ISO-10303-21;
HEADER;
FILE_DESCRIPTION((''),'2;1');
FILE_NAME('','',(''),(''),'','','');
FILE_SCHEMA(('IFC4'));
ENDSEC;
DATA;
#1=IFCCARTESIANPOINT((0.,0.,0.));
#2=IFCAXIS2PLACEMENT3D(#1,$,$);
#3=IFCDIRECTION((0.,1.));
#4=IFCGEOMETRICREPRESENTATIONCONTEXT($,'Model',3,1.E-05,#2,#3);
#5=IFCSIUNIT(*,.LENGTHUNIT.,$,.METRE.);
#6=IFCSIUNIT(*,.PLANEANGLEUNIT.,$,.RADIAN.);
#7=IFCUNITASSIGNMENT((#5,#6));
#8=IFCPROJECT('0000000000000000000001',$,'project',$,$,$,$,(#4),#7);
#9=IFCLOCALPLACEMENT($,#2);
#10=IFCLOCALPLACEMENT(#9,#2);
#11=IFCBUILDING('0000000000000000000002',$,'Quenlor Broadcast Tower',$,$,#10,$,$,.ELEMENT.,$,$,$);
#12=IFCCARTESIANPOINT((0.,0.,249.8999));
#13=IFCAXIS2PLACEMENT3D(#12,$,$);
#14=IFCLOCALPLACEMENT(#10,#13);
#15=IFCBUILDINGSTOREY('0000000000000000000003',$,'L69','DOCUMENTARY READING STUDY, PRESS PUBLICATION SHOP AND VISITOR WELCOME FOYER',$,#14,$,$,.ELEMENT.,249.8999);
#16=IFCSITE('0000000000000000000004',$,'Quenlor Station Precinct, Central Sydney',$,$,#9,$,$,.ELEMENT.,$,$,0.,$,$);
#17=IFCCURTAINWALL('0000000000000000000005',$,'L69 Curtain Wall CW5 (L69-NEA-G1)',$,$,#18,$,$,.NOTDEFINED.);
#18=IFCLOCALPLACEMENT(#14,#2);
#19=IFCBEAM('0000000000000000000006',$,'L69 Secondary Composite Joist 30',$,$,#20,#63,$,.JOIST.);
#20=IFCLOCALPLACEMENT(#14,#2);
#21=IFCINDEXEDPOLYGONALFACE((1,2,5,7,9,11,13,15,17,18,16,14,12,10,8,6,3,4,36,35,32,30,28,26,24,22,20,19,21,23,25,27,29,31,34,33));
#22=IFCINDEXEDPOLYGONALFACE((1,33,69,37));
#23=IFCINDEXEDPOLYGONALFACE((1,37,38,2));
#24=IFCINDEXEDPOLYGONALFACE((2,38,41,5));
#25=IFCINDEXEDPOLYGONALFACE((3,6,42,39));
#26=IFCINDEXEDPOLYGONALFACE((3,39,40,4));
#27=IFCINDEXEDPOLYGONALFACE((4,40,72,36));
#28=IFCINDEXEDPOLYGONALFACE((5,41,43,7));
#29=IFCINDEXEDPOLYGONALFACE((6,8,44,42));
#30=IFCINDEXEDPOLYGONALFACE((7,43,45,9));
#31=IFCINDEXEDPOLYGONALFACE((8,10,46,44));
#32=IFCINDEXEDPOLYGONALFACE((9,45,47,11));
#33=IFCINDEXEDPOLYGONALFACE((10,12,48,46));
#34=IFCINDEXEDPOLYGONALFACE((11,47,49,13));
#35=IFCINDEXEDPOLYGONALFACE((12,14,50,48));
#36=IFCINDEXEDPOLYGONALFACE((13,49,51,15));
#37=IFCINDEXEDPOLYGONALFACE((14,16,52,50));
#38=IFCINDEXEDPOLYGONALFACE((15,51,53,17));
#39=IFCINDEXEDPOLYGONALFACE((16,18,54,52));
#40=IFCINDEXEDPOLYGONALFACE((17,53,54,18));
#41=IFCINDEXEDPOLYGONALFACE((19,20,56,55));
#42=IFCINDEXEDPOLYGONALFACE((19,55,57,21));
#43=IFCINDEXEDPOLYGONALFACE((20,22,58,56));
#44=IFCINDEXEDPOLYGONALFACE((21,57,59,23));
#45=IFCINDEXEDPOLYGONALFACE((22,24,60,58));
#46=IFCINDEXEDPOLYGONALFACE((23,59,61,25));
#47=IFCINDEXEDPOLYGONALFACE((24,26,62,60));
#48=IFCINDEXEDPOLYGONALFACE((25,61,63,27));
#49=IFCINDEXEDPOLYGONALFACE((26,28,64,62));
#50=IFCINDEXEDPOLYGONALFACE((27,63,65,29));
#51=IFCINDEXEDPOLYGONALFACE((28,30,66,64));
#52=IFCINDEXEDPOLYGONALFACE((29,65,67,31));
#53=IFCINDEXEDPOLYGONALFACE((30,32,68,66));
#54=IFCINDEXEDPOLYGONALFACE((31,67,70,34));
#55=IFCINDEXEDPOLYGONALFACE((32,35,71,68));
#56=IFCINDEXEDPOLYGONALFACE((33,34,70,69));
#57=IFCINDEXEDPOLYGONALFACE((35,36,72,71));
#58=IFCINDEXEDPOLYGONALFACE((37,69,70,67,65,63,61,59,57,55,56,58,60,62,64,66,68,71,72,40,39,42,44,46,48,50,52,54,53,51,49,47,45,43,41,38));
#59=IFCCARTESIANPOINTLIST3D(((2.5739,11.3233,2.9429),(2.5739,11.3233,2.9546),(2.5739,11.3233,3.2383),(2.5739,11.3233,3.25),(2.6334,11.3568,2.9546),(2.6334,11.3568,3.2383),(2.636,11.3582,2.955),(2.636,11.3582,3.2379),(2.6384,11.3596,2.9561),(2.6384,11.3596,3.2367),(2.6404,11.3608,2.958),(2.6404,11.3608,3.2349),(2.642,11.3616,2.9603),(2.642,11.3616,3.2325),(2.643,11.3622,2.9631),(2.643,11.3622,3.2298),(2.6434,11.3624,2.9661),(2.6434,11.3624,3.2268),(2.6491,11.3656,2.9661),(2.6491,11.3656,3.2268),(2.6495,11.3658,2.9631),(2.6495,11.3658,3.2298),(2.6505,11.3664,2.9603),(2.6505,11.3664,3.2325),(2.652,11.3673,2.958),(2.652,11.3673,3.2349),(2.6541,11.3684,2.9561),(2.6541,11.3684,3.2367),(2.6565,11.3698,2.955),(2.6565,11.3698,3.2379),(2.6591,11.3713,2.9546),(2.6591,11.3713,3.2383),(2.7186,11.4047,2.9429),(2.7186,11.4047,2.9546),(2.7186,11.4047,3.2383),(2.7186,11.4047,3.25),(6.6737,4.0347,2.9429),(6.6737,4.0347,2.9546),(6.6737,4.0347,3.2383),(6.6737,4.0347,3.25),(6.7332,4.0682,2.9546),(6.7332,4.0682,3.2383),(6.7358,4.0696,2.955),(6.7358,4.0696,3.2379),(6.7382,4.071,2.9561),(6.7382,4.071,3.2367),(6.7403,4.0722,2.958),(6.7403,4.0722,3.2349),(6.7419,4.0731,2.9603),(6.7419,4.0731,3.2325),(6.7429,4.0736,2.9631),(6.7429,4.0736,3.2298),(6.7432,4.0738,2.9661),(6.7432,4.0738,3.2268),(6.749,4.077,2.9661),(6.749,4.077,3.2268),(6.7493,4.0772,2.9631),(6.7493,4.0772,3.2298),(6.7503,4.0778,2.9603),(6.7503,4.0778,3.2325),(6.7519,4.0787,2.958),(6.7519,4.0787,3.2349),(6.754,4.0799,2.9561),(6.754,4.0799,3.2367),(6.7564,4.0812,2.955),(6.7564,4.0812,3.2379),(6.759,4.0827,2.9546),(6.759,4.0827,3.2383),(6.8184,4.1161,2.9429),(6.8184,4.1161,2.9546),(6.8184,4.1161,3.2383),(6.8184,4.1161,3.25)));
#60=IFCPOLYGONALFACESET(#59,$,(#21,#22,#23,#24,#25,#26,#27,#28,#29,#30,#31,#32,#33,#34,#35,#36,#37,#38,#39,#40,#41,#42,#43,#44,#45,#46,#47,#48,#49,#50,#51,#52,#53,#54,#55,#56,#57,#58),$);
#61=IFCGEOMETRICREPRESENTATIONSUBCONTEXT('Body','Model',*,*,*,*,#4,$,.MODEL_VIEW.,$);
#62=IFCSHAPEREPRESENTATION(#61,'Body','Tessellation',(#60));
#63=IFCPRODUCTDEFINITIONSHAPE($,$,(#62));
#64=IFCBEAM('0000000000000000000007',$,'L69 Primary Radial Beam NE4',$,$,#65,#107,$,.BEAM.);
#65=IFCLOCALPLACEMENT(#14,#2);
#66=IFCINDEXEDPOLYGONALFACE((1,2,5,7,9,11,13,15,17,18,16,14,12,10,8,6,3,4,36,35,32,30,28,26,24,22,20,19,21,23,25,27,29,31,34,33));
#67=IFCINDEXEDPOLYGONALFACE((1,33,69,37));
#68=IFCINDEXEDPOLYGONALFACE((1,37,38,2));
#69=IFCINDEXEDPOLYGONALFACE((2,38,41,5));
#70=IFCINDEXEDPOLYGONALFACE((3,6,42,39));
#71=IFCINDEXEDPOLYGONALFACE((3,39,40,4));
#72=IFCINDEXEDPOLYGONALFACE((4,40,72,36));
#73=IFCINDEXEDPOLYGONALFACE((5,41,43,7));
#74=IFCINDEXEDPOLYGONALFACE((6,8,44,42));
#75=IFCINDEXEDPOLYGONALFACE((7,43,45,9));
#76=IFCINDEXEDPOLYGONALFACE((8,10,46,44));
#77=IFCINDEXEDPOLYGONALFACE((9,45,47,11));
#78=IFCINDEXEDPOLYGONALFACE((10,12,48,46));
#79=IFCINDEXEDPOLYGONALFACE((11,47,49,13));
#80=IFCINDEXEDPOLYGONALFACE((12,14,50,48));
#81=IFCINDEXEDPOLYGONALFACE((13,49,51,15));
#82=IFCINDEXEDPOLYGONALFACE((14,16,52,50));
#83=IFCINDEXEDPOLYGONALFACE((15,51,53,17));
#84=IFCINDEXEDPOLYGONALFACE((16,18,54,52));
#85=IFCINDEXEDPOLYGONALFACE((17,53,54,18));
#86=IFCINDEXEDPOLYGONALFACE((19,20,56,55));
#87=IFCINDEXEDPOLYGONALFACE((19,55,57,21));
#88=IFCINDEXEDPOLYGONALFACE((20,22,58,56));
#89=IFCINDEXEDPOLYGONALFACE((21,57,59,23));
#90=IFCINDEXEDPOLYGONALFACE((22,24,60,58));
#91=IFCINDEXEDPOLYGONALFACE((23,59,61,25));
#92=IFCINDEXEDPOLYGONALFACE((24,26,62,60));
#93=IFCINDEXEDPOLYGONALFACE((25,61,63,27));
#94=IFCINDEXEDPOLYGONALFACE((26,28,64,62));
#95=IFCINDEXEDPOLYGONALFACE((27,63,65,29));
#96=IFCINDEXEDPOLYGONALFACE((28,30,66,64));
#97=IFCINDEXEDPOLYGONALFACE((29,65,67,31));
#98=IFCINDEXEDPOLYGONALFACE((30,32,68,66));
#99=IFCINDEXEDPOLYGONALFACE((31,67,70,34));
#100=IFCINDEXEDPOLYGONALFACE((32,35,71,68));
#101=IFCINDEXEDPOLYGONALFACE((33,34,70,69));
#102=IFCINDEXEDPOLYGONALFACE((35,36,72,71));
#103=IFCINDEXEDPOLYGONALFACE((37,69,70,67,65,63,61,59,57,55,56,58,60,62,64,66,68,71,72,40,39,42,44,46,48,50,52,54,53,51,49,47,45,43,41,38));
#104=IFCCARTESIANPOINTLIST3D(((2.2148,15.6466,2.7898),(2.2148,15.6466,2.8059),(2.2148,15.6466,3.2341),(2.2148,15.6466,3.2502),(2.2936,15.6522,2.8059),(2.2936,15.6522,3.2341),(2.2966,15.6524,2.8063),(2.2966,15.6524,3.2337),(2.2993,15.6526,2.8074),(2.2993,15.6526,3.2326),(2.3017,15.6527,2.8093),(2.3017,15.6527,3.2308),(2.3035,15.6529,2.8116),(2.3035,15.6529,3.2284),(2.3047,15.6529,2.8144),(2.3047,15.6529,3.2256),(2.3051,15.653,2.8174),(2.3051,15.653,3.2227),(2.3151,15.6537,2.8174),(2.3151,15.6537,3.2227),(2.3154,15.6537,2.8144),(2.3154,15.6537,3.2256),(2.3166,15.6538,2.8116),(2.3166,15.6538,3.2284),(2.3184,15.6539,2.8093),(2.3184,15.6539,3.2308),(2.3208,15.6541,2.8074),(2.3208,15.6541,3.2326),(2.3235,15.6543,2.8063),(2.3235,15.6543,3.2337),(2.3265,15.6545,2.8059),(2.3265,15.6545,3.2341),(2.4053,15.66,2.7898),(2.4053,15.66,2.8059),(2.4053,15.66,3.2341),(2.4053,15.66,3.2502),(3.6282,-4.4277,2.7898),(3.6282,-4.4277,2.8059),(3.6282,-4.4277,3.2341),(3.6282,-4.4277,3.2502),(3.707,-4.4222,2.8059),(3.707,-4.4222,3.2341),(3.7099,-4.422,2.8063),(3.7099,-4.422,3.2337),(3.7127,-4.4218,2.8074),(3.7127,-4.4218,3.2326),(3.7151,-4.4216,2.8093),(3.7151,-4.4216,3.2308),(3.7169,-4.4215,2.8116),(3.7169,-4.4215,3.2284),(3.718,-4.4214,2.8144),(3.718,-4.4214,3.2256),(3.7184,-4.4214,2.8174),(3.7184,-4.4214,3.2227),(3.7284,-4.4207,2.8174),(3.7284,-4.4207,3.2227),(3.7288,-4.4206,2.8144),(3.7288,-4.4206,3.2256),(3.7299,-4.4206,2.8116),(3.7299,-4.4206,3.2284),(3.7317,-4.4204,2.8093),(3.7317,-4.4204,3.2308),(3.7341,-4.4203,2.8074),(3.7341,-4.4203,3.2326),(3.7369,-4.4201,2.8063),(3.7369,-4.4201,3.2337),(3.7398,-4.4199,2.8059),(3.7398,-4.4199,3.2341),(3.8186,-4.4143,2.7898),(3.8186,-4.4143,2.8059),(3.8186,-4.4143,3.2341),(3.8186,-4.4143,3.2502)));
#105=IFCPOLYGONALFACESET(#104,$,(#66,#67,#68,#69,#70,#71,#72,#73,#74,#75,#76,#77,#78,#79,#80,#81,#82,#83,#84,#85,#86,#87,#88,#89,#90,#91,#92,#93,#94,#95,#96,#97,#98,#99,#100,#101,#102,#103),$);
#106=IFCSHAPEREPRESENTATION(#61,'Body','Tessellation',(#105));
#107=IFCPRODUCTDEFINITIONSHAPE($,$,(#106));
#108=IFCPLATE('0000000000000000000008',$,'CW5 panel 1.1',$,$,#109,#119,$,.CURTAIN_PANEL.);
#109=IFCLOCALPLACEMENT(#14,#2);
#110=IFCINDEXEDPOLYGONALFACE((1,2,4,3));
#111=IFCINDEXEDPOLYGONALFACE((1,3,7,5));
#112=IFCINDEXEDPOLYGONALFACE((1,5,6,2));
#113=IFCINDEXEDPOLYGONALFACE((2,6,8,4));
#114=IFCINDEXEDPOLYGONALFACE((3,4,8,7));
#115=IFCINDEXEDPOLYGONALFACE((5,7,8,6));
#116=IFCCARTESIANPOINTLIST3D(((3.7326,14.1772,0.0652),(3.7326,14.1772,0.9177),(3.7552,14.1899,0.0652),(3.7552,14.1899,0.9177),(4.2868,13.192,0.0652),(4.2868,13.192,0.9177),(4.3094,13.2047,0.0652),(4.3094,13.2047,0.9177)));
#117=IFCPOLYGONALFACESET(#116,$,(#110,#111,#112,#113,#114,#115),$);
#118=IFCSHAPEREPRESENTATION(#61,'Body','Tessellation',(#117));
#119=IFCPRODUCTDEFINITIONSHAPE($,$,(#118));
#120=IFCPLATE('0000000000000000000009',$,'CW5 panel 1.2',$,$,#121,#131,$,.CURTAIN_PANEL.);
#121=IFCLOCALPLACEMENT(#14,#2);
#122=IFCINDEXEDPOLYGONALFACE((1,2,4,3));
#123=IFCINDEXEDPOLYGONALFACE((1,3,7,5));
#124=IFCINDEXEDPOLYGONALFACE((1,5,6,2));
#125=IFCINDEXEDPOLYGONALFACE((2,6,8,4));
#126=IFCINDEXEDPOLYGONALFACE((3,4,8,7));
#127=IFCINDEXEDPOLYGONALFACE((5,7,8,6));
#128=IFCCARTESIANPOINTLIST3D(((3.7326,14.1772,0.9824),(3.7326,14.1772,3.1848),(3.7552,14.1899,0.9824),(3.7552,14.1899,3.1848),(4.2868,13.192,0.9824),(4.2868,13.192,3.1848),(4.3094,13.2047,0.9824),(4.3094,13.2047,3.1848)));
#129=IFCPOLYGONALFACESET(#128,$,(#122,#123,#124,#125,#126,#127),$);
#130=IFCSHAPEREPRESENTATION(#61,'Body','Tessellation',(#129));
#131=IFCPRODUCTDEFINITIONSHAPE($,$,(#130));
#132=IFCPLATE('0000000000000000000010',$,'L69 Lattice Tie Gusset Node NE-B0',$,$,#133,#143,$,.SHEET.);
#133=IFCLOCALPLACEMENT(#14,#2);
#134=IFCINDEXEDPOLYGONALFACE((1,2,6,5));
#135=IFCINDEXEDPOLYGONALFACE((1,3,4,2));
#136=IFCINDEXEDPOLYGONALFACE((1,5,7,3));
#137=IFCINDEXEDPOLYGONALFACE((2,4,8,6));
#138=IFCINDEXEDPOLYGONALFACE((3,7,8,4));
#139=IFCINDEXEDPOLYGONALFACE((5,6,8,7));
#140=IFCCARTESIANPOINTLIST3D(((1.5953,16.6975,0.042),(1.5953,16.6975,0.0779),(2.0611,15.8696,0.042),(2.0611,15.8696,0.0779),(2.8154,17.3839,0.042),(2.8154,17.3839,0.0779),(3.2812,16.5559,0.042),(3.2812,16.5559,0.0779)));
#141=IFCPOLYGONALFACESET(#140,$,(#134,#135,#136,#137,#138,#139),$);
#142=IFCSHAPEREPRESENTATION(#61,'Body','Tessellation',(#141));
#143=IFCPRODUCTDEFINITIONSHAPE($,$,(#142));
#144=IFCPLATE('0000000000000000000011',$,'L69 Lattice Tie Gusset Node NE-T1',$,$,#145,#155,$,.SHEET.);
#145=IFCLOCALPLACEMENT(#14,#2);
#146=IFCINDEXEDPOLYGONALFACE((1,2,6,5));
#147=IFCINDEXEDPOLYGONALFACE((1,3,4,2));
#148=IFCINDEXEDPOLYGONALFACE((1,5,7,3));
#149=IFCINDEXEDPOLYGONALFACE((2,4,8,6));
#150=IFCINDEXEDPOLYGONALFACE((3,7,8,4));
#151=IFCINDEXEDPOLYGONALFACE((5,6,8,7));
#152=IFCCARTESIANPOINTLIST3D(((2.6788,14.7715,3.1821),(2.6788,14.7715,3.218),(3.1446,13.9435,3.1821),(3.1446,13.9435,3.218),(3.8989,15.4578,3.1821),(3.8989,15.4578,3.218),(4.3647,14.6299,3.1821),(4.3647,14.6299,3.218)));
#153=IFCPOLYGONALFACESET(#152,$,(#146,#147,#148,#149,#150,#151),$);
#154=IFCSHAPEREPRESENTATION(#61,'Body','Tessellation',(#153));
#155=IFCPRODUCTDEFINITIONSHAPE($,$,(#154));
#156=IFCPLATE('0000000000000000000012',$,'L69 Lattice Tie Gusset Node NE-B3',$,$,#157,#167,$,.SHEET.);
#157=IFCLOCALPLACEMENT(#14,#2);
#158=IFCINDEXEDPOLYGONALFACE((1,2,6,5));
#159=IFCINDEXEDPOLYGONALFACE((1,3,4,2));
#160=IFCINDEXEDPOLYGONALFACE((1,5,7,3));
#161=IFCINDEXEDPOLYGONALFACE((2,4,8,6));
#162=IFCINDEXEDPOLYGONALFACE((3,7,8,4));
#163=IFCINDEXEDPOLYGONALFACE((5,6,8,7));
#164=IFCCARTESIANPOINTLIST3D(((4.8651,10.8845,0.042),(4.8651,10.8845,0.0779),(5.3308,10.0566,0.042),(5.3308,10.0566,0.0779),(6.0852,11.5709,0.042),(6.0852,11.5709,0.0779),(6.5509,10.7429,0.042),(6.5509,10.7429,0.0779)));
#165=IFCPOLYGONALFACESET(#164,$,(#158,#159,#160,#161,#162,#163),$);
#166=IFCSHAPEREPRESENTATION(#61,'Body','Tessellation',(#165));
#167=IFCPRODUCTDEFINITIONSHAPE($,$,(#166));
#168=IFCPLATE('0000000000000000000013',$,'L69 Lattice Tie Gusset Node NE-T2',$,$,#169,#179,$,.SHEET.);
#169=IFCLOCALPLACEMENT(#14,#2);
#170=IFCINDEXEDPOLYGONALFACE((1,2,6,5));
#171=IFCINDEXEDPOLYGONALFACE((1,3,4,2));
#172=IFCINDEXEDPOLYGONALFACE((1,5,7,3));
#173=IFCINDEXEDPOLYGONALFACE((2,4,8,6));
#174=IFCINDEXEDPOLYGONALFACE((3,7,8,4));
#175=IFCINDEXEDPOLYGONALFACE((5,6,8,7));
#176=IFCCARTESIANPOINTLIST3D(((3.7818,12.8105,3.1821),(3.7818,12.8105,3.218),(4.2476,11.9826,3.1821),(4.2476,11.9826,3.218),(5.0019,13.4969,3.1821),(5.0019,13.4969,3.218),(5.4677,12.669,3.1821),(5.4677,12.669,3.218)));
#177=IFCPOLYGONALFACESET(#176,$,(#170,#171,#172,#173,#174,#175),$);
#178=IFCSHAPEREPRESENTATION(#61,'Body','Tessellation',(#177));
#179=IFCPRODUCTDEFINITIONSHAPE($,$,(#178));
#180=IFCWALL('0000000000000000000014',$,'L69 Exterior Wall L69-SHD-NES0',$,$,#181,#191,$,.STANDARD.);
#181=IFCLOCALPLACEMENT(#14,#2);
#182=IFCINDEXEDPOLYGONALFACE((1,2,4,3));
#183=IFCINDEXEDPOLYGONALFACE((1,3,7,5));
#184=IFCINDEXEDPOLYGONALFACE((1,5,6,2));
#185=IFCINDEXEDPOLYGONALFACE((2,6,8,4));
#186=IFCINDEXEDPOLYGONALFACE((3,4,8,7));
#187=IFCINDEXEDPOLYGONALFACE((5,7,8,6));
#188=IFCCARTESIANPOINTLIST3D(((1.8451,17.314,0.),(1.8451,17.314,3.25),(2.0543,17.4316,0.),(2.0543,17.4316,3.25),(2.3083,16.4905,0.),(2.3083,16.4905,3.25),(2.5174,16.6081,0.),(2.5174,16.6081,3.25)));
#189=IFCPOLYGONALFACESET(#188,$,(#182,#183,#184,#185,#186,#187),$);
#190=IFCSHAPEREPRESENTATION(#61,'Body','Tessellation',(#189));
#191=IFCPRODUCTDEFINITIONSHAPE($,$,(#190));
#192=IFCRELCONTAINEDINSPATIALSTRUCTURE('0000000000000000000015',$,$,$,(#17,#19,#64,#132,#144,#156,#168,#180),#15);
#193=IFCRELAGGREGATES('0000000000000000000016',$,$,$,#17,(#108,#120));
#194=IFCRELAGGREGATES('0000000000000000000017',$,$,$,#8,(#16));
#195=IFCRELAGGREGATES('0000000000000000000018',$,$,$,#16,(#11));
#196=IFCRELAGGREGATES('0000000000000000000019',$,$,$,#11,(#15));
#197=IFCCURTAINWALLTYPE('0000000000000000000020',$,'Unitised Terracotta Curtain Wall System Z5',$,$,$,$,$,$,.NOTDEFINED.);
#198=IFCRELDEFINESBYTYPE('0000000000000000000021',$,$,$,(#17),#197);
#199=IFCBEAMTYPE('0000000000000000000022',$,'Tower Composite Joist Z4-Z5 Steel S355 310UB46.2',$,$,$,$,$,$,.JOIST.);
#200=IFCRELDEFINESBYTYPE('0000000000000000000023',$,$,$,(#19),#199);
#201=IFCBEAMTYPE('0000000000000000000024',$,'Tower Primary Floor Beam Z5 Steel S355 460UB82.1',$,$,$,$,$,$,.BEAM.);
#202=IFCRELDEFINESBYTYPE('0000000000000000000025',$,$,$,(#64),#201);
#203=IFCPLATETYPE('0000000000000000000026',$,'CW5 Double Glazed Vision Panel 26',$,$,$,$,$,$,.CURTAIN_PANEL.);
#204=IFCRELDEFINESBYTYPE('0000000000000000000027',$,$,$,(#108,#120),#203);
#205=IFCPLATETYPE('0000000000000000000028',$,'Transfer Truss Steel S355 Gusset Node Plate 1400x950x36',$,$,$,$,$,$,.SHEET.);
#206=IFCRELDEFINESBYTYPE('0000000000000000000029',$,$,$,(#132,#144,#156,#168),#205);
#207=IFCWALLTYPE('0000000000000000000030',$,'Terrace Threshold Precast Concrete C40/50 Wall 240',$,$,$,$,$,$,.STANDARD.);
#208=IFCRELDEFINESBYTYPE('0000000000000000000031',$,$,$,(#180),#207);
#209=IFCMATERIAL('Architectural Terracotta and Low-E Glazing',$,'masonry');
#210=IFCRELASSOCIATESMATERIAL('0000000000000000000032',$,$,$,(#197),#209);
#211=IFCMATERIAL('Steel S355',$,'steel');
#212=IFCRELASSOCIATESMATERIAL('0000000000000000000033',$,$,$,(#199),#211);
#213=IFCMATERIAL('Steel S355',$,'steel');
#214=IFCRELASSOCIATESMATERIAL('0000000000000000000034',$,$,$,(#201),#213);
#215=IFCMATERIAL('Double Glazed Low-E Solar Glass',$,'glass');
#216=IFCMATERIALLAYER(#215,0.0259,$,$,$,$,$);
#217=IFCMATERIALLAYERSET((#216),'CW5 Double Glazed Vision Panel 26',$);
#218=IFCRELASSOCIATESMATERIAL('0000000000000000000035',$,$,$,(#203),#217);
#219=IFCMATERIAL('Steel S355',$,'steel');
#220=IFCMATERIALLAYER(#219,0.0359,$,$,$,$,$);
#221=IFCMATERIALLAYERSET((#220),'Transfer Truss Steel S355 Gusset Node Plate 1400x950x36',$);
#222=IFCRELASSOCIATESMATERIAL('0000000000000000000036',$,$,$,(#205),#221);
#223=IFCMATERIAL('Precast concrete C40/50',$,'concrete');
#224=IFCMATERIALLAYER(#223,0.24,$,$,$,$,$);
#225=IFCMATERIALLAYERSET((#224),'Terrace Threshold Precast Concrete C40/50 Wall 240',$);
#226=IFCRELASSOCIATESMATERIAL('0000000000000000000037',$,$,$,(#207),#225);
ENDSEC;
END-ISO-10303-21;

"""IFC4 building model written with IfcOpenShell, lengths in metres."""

from ifc_helpers import new_model, si_unit, direction, frame, frame_2d, origin, origin_2d, place, context, subcontext, project, spatial, rectangle, i_section, extrude, material, layer, layer_set, material_profile, profile_set, type_object, element, aggregate, save


model = new_model("IFC4")

# Units and contexts
model_context = context("Model", 3, precision=1e-05, world=origin(), true_north=direction((0.0, 1.0)))
body_context = subcontext(model_context, "Body", "Model", "MODEL_VIEW")
ifc_project = project(units=[si_unit("LENGTHUNIT", "METRE"), si_unit("PLANEANGLEUNIT", "RADIAN")], contexts=[model_context])

# Site, building, storey
site_placement = place(None, origin())
site = spatial("IfcSite", under=ifc_project, at=site_placement, Name="Quenlor Station Precinct, Central Sydney", CompositionType="ELEMENT", RefElevation=0.0)
building_placement = place(site_placement, origin())
building = spatial("IfcBuilding", under=site, at=building_placement, Name="Quenlor Broadcast Tower", CompositionType="ELEMENT")
storey_placement = place(building_placement, frame((0.0, 0.0, 249.8999)))
storey = spatial("IfcBuildingStorey", under=building, at=storey_placement, Name="L69", Description="DOCUMENTARY READING STUDY, PRESS PUBLICATION SHOP AND VISITOR WELCOME FOYER", CompositionType="ELEMENT", Elevation=249.8999)

# Curtain wall
ifc_material_1 = material(Name="Architectural Terracotta and Low-E Glazing", Category="masonry")
curtain_wall_type = type_object("IfcCurtainWallType", Name="Unitised Terracotta Curtain Wall System Z5", PredefinedType="NOTDEFINED", material=ifc_material_1)
curtain_wall_placement = place(storey_placement, origin())
curtain_wall = element("IfcCurtainWall", 1, at=curtain_wall_placement, inside=storey, type_object=curtain_wall_type, Name="L69 Curtain Wall CW5 (L69-NEA-G1)", PredefinedType="NOTDEFINED")

# Beams
ifc_material_2 = material(Name="Steel S355", Category="steel")
ifc_material_profile_1 = material_profile(ifc_material_2, i_section(OverallWidth=0.166, OverallDepth=0.3071, WebThickness=0.0066, FlangeThickness=0.0117, FilletRadius=0.0115, at=origin_2d()))
ifc_profile_set_1 = profile_set([ifc_material_profile_1], Name="Steel S355 310UB46.2")
beam_type_1 = type_object("IfcBeamType", Name="Tower Composite Joist Z4-Z5 Steel S355 310UB46.2", PredefinedType="JOIST", material=ifc_profile_set_1)
beam_1_placement = place(storey_placement, frame((2.6462, 11.364, 3.0964), z_axis=(0.490264, -0.871574, 0.0), x_axis=(0.871574, 0.490264, 0.0)))
element("IfcBeam", 2, at=beam_1_placement, inside=storey, type_object=beam_type_1, Name="L69 Secondary Composite Joist 30", PredefinedType="JOIST", context=body_context, shape_type="SweptSolid", body=[
    extrude(i_section(OverallWidth=0.166, OverallDepth=0.3071, WebThickness=0.0066, FlangeThickness=0.0117, FilletRadius=0.0115, at=origin_2d()), origin(), (0.0, 0.0, 1.0), 8.3625),
])
ifc_material_3 = material(Name="Steel S355", Category="steel")
ifc_material_profile_2 = material_profile(ifc_material_3, i_section(OverallWidth=0.1909, OverallDepth=0.4604, WebThickness=0.01, FlangeThickness=0.0161, FilletRadius=0.0115, at=origin_2d()))
ifc_profile_set_2 = profile_set([ifc_material_profile_2], Name="Steel S355 460UB82.1")
beam_type_2 = type_object("IfcBeamType", Name="Tower Primary Floor Beam Z5 Steel S355 460UB82.1", PredefinedType="BEAM", material=ifc_profile_set_2)
beam_2_placement = place(storey_placement, frame((2.3101, 15.6533, 3.02), z_axis=(0.070231, -0.997531, 0.0), x_axis=(0.997531, 0.070231, 0.0)))
element("IfcBeam", 3, at=beam_2_placement, inside=storey, type_object=beam_type_2, Name="L69 Primary Radial Beam NE4", PredefinedType="BEAM", context=body_context, shape_type="SweptSolid", body=[
    extrude(i_section(OverallWidth=0.1909, OverallDepth=0.4604, WebThickness=0.01, FlangeThickness=0.0161, FilletRadius=0.0115, at=origin_2d()), origin(), (0.0, 0.0, 1.0), 20.124),
])

# Plates
ifc_material_4 = material(Name="Double Glazed Low-E Solar Glass", Category="glass")
ifc_layer_1 = layer(ifc_material_4, 0.0259)
ifc_layer_set_1 = layer_set([ifc_layer_1], Name="CW5 Double Glazed Vision Panel 26")
plate_type_1 = type_object("IfcPlateType", Name="CW5 Double Glazed Vision Panel 26", PredefinedType="CURTAIN_PANEL", material=ifc_layer_set_1)
plate_1_placement = place(storey_placement, frame((4.021, 13.6909, 0.0652), z_axis=(0.0, 0.0, 1.0), x_axis=(0.490291, -0.871559, 0.0)))
plate_1 = element("IfcPlate", 4, at=plate_1_placement, type_object=plate_type_1, Name="CW5 panel 1.1", PredefinedType="CURTAIN_PANEL", context=body_context, shape_type="SweptSolid", body=[
    extrude(rectangle(XDim=1.1304, YDim=0.0259, at=origin_2d()), origin(), (0.0, 0.0, 1.0), 0.8525),
])
plate_2_placement = place(storey_placement, frame((4.021, 13.6909, 0.9824), z_axis=(0.0, 0.0, 1.0), x_axis=(0.490291, -0.871559, 0.0)))
plate_2 = element("IfcPlate", 5, at=plate_2_placement, type_object=plate_type_1, Name="CW5 panel 1.2", PredefinedType="CURTAIN_PANEL", context=body_context, shape_type="SweptSolid", body=[
    extrude(rectangle(XDim=1.1304, YDim=0.0259, at=origin_2d()), origin(), (0.0, 0.0, 1.0), 2.2024),
])
aggregate(curtain_wall, [plate_1, plate_2])

# Plates
ifc_material_5 = material(Name="Steel S355", Category="steel")
ifc_layer_2 = layer(ifc_material_5, 0.0359)
ifc_layer_set_2 = layer_set([ifc_layer_2], Name="Transfer Truss Steel S355 Gusset Node Plate 1400x950x36")
plate_type_2 = type_object("IfcPlateType", Name="Transfer Truss Steel S355 Gusset Node Plate 1400x950x36", PredefinedType="SHEET", material=ifc_layer_set_2)
for number, where, z_axis, x_axis, name in (
    (6, (2.4382, 16.6267, 0.042), (0.0, 0.0, 1.0), (0.871556, 0.490295, 0.0), "L69 Lattice Tie Gusset Node NE-B0"),
    (7, (3.5217, 14.7007, 3.1821), (0.0, 0.0, 1.0), (0.871556, 0.490295, 0.0), "L69 Lattice Tie Gusset Node NE-T1"),
    (8, (5.708, 10.8137, 0.042), (0.0, 0.0, 1.0), (0.871556, 0.490295, 0.0), "L69 Lattice Tie Gusset Node NE-B3"),
    (9, (4.6248, 12.7397, 3.1821), (0.0, 0.0, 1.0), (0.871556, 0.490295, 0.0), "L69 Lattice Tie Gusset Node NE-T2"),
):
    element("IfcPlate", number, at=place(storey_placement, frame(where, z_axis=z_axis, x_axis=x_axis)), inside=storey, type_object=plate_type_2, Name=name, PredefinedType="SHEET", context=body_context, shape_type="SweptSolid", body=[
        extrude(rectangle(XDim=1.3999, YDim=0.95, at=origin_2d()), origin(), (0.0, 0.0, 1.0), 0.0359),
    ])

# Wall
ifc_material_6 = material(Name="Precast concrete C40/50", Category="concrete")
ifc_layer_3 = layer(ifc_material_6, 0.24)
ifc_layer_set_3 = layer_set([ifc_layer_3], Name="Terrace Threshold Precast Concrete C40/50 Wall 240")
wall_type_1 = type_object("IfcWallType", Name="Terrace Threshold Precast Concrete C40/50 Wall 240", PredefinedType="STANDARD", material=ifc_layer_set_3)
wall_1_placement = place(storey_placement, frame((1.9497, 17.3728, 0.0), z_axis=(0.0, 0.0, 1.0), x_axis=(0.4902, -0.87161, 0.0)))
element("IfcWall", 10, at=wall_1_placement, inside=storey, type_object=wall_type_1, Name="L69 Exterior Wall L69-SHD-NES0", PredefinedType="STANDARD", context=body_context, shape_type="SweptSolid", body=[
    extrude(rectangle(XDim=0.9448, YDim=0.24, at=frame_2d((0.4724, 0.0))), origin(), (0.0, 0.0, 1.0), 3.25),
])

save(model, "model.ifc")
